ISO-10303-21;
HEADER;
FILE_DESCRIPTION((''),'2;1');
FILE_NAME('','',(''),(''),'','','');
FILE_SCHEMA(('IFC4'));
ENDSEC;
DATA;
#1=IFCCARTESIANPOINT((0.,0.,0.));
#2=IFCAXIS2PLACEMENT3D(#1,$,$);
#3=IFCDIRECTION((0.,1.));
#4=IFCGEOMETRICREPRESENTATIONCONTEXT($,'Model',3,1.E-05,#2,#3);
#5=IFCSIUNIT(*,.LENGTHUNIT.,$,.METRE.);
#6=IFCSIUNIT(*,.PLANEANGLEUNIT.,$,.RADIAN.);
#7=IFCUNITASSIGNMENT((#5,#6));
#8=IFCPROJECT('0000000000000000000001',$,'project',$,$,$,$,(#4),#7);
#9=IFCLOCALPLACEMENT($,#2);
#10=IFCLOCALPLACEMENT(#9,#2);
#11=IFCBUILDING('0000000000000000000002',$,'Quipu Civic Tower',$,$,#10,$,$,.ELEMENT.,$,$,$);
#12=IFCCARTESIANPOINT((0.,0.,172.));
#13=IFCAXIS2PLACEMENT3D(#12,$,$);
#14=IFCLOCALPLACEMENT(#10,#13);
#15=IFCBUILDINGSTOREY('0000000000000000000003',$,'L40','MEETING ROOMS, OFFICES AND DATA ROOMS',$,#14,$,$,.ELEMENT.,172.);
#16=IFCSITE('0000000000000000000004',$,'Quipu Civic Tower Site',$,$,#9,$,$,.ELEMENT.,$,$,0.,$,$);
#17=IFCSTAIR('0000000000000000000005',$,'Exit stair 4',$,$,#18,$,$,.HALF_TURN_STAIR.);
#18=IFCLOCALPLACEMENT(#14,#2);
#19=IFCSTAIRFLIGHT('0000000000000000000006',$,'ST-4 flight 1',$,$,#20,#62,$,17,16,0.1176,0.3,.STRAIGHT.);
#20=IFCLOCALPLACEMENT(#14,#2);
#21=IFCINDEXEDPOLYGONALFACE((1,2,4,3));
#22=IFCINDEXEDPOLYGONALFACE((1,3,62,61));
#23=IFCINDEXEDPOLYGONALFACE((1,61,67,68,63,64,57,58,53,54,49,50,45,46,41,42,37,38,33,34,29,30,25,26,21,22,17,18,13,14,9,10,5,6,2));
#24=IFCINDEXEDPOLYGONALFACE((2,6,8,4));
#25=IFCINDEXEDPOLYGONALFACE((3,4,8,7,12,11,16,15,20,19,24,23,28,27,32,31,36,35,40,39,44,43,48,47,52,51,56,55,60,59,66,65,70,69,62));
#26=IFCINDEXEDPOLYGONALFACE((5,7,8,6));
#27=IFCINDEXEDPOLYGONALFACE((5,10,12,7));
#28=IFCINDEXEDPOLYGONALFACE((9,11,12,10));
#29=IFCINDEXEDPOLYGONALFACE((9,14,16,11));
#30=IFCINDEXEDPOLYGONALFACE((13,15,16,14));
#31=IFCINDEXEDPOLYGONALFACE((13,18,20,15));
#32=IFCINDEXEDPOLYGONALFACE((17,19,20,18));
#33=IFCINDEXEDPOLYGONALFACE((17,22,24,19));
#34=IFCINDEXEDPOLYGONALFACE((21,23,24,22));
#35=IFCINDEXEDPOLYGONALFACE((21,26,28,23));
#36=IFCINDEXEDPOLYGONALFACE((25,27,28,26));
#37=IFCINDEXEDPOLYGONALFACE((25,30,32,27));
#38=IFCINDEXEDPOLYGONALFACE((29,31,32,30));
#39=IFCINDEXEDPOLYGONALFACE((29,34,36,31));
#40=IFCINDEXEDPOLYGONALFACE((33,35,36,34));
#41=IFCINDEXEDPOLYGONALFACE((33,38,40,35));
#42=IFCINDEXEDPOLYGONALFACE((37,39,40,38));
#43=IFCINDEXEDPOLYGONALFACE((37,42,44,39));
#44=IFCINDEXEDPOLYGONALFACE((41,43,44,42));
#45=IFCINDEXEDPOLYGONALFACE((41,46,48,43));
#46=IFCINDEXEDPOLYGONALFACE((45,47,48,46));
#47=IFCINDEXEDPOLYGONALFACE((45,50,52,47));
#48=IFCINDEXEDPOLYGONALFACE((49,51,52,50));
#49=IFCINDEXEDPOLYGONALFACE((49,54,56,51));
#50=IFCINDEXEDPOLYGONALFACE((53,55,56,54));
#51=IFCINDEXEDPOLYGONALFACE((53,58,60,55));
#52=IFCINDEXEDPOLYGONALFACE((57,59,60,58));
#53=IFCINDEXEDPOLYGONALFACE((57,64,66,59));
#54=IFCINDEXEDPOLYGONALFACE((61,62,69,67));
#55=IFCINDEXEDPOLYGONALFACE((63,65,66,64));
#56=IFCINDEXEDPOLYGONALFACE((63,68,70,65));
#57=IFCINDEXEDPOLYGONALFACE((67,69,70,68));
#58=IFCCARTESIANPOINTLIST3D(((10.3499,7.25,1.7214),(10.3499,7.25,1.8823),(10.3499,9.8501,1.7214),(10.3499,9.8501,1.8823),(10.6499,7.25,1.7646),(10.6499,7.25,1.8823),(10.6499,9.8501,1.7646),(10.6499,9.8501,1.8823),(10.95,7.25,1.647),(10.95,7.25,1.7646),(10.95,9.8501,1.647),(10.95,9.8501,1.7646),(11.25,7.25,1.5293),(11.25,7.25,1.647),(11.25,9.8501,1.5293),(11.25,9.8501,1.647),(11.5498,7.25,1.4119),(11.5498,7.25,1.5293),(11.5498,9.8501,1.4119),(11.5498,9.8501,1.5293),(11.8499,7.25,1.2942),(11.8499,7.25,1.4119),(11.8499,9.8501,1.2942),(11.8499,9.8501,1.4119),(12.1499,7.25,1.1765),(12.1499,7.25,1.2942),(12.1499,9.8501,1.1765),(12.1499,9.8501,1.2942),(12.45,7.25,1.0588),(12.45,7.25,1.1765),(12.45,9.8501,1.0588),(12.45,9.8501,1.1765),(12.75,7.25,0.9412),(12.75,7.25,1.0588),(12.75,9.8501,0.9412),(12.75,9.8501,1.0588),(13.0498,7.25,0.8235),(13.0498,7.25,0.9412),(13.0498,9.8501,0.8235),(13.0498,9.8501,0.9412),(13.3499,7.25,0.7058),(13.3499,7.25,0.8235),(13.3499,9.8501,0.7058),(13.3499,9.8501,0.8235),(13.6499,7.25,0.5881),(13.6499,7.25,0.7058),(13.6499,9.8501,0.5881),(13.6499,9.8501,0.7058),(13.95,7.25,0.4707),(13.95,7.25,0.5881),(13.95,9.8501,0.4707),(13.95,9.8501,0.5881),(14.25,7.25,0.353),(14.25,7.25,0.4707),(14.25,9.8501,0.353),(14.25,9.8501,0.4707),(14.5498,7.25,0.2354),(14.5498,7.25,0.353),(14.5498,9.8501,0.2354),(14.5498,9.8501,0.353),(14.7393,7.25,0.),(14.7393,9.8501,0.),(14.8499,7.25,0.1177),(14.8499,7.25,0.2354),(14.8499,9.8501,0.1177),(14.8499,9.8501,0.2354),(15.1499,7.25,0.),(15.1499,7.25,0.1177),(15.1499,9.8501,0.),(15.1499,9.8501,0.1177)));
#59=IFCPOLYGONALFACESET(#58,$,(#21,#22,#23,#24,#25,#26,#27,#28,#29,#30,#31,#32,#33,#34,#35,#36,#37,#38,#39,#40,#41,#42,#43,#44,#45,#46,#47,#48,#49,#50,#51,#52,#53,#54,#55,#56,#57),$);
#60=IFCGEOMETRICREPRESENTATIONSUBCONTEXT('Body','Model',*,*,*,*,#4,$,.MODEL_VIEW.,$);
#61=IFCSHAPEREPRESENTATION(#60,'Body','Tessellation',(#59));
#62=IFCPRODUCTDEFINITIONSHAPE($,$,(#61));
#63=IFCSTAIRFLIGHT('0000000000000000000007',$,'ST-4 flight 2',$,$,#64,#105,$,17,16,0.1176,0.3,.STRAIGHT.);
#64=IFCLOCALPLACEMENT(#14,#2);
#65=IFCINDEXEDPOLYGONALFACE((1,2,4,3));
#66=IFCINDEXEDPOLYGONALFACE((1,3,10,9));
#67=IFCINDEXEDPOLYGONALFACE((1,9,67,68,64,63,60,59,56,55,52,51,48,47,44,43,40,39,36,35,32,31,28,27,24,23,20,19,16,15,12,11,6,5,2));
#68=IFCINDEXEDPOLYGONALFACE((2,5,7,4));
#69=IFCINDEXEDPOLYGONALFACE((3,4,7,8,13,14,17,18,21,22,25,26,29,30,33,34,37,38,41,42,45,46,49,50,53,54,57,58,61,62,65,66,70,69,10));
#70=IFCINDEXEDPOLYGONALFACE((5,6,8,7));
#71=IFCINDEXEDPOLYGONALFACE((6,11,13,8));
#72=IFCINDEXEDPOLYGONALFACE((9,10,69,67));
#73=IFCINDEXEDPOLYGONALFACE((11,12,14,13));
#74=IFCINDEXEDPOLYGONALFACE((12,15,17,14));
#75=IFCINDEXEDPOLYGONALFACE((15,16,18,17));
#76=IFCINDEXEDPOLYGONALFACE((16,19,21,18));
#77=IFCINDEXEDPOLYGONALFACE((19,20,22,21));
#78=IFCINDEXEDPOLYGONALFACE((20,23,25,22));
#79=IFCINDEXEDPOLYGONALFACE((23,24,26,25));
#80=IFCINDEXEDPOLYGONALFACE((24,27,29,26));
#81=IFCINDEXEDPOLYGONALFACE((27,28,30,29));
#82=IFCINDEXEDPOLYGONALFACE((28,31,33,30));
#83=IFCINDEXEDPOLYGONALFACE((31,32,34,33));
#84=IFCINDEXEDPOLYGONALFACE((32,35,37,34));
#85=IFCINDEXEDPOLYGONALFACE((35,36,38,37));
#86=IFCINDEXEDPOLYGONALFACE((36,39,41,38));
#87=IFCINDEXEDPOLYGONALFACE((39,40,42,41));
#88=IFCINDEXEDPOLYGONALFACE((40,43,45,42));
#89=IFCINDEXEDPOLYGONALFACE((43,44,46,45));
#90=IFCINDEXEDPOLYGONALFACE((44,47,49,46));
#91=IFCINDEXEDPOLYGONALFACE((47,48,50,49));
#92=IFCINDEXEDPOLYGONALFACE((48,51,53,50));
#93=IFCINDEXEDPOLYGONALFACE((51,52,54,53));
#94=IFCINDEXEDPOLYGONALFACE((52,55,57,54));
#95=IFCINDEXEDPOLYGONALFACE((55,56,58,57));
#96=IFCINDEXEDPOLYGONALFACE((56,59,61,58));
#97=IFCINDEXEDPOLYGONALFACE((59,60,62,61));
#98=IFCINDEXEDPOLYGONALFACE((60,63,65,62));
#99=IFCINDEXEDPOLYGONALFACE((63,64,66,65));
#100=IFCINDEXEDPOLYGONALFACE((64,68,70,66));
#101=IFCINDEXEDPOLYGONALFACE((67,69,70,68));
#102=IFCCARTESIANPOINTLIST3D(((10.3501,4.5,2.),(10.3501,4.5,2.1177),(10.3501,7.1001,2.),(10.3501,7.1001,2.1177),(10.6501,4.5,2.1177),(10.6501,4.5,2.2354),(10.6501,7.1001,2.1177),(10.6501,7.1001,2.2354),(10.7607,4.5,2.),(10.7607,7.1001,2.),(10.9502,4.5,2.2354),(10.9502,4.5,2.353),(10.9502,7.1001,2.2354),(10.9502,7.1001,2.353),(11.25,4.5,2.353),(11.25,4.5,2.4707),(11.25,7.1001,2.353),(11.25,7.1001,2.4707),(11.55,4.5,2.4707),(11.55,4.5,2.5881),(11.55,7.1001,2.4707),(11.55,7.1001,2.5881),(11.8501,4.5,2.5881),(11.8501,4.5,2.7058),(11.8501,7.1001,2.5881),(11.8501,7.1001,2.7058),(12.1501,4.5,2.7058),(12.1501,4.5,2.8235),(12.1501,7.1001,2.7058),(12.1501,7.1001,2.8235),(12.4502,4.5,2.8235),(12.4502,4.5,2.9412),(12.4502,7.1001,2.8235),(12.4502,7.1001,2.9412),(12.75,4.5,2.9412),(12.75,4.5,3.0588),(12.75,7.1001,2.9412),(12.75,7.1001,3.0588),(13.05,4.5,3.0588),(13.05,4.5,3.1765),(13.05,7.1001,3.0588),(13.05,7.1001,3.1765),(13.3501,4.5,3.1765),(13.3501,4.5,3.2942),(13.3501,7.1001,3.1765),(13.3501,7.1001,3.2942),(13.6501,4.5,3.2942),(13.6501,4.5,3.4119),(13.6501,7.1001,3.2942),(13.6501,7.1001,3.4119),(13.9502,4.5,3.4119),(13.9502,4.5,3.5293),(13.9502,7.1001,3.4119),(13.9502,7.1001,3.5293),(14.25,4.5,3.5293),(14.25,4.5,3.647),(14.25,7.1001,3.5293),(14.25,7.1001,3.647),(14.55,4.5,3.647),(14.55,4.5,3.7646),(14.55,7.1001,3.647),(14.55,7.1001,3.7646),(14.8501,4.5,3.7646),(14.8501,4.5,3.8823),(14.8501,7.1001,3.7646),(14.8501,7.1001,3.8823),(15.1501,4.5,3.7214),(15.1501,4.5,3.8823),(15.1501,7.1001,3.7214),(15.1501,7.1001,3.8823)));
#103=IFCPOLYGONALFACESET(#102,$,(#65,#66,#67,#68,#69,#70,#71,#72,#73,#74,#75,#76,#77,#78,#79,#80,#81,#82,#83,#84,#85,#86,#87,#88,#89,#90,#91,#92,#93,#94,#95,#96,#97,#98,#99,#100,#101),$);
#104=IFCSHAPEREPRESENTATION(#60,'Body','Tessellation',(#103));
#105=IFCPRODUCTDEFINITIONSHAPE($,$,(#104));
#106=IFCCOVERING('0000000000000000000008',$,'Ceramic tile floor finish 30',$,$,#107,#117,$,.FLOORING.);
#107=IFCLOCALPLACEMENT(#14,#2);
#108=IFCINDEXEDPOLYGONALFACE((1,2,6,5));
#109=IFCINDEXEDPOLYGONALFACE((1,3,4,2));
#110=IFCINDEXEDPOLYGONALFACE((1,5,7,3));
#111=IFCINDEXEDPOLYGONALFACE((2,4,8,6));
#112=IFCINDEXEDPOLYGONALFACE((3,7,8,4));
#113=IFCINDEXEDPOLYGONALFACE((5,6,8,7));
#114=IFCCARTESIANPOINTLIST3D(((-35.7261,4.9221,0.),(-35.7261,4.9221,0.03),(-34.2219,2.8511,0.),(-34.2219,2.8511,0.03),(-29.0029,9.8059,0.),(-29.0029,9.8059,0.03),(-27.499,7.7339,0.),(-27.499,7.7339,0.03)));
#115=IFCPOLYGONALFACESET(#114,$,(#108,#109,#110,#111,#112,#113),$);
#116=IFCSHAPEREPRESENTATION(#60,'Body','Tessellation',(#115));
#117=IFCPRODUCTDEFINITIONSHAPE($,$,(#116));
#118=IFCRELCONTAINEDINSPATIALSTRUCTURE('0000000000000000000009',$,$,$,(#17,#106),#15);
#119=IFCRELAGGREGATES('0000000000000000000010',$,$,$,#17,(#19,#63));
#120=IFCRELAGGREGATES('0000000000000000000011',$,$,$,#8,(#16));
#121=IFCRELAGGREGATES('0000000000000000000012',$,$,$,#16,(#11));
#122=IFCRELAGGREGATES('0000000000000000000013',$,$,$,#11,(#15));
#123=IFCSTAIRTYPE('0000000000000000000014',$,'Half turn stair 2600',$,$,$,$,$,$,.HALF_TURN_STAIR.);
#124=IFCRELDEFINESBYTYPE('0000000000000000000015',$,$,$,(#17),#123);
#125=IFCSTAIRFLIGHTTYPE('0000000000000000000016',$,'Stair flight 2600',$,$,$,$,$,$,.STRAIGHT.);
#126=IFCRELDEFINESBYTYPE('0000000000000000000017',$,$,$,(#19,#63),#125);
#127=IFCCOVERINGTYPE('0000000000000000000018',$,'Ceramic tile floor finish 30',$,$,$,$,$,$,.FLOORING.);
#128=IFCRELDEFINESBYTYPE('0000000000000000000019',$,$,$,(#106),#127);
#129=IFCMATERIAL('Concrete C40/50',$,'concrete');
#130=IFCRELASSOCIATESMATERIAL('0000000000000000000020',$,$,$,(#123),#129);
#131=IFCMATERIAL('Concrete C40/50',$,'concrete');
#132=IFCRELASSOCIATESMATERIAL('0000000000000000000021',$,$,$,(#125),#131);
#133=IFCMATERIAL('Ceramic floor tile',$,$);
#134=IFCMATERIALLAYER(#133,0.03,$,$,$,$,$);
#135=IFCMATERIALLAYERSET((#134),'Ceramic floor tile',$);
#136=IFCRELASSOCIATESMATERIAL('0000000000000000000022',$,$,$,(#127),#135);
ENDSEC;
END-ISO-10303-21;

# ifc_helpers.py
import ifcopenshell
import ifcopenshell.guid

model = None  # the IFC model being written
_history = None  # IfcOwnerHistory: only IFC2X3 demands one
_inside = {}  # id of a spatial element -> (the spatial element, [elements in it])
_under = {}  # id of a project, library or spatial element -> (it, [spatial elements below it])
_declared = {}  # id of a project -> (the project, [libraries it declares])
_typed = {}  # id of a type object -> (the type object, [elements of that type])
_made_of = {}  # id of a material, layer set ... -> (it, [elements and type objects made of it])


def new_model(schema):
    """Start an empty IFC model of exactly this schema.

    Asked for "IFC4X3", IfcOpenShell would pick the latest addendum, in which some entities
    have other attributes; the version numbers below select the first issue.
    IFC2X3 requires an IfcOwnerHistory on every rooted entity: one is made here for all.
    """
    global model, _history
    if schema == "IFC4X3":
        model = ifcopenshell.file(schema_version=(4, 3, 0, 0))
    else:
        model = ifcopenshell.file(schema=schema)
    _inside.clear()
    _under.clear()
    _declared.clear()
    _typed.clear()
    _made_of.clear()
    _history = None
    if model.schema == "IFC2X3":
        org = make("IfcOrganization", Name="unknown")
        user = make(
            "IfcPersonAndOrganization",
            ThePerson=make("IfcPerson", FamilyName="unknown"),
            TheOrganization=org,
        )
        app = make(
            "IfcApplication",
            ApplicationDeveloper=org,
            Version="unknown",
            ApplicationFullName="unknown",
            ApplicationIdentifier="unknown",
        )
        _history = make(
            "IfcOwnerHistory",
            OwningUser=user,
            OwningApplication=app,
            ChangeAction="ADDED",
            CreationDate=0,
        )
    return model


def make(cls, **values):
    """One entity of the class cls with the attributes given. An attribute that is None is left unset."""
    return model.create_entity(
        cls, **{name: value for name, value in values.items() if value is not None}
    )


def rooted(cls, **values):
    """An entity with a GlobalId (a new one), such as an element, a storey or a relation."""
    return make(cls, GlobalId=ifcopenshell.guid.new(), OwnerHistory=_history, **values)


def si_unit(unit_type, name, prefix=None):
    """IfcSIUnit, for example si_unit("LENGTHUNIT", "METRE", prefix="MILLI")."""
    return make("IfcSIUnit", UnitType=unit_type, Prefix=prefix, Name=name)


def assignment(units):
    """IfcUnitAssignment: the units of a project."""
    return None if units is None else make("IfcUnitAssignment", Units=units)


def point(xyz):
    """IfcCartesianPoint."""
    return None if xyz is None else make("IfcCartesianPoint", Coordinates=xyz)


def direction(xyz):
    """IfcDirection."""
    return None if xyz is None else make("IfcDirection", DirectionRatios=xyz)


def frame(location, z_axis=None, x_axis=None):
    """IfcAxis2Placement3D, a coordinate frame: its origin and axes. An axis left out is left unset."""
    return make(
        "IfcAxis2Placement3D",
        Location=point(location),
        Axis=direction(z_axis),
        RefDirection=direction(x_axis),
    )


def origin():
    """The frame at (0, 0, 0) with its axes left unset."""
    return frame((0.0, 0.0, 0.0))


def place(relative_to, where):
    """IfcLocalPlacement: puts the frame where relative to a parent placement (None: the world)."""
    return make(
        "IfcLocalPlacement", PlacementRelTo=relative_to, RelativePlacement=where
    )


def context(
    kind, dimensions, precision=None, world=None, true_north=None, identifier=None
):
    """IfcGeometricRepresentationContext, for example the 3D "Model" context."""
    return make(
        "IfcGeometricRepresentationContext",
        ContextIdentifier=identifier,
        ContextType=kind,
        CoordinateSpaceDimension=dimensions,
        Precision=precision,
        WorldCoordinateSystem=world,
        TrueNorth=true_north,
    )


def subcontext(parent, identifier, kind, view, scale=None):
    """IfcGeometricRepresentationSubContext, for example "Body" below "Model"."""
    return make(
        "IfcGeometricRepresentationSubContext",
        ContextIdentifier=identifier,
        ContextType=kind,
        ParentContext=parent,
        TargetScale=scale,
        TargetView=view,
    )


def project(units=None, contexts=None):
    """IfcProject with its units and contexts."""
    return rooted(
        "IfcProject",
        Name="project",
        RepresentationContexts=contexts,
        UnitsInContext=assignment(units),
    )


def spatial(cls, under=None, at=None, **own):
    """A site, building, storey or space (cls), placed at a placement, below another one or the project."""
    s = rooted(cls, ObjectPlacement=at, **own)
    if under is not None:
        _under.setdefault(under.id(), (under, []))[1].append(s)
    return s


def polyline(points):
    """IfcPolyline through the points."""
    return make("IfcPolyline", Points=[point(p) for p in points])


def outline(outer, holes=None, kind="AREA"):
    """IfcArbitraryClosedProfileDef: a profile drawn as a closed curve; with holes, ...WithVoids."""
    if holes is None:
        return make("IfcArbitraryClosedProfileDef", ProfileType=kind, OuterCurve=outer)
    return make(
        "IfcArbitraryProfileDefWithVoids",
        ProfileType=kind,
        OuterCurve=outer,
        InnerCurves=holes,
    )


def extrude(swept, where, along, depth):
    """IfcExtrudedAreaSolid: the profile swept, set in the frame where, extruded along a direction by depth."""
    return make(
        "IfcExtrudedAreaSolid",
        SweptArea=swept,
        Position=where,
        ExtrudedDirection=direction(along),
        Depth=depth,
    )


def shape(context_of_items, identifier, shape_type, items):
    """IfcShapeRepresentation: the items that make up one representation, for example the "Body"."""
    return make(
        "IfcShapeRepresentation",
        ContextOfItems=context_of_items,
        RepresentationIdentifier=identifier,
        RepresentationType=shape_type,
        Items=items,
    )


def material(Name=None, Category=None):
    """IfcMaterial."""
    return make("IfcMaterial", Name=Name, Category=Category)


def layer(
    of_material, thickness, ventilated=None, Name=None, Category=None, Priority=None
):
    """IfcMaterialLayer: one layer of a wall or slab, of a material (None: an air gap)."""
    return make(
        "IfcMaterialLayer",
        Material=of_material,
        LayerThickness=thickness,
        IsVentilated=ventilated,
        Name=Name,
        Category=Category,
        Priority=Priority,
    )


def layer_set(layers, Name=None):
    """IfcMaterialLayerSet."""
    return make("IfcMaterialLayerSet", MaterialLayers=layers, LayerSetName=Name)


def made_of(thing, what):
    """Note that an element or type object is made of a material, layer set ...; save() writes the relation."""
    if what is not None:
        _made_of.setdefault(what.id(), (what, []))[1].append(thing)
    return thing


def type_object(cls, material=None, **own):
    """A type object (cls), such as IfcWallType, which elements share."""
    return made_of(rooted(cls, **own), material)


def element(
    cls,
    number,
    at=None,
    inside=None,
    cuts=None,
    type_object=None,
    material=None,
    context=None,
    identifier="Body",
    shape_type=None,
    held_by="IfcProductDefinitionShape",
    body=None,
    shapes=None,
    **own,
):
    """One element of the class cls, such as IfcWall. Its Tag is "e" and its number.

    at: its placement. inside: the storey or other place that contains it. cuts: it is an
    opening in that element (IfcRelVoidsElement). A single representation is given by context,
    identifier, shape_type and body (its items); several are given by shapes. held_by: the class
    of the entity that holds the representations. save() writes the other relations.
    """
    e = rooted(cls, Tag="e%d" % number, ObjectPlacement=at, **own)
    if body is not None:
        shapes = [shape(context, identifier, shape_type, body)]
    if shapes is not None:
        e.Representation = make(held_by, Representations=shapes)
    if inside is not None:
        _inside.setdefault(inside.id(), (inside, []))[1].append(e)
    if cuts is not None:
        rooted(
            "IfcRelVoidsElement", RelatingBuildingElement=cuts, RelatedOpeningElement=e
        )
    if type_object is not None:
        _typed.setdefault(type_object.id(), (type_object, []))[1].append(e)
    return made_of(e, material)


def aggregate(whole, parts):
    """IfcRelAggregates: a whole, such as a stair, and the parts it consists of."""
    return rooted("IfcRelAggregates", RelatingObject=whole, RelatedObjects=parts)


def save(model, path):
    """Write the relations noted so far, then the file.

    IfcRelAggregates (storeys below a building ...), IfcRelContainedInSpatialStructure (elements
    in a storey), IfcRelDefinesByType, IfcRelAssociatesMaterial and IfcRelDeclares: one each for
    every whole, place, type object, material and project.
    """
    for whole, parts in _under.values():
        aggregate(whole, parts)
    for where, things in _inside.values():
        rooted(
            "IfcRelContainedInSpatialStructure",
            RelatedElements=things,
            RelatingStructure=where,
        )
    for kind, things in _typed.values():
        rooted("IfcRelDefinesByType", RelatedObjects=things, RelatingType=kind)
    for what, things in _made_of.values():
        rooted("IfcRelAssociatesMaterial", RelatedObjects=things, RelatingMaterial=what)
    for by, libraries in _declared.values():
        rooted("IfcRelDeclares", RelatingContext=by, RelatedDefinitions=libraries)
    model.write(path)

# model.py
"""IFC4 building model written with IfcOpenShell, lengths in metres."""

from ifc_helpers import new_model, si_unit, direction, frame, origin, place, context, subcontext, project, spatial, polyline, outline, extrude, material, layer, layer_set, type_object, element, aggregate, save


model = new_model("IFC4")

# Units and contexts
model_context = context("Model", 3, precision=1e-05, world=origin(), true_north=direction((0.0, 1.0)))
body_context = subcontext(model_context, "Body", "Model", "MODEL_VIEW")
ifc_project = project(units=[si_unit("LENGTHUNIT", "METRE"), si_unit("PLANEANGLEUNIT", "RADIAN")], contexts=[model_context])

# Site, building, storey
site_placement = place(None, origin())
site = spatial("IfcSite", under=ifc_project, at=site_placement, Name="Quipu Civic Tower Site", CompositionType="ELEMENT", RefElevation=0.0)
building_placement = place(site_placement, origin())
building = spatial("IfcBuilding", under=site, at=building_placement, Name="Quipu Civic Tower", CompositionType="ELEMENT")
storey_placement = place(building_placement, frame((0.0, 0.0, 172.0)))
storey = spatial("IfcBuildingStorey", under=building, at=storey_placement, Name="L40", Description="MEETING ROOMS, OFFICES AND DATA ROOMS", CompositionType="ELEMENT", Elevation=172.0)

# Stair, stair flights
ifc_material_1 = material(Name="Concrete C40/50", Category="concrete")
stair_type = type_object("IfcStairType", Name="Half turn stair 2600", PredefinedType="HALF_TURN_STAIR", material=ifc_material_1)
stair_placement = place(storey_placement, origin())
stair = element("IfcStair", 1, at=stair_placement, inside=storey, type_object=stair_type, Name="Exit stair 4", PredefinedType="HALF_TURN_STAIR")
ifc_material_2 = material(Name="Concrete C40/50", Category="concrete")
stair_flight_type = type_object("IfcStairFlightType", Name="Stair flight 2600", PredefinedType="STRAIGHT", material=ifc_material_2)
stair_flight_1_placement = place(storey_placement, frame((15.1499, 8.55, 0.0), z_axis=(0.0, 0.0, 1.0), x_axis=(-1.0, 0.0, 0.0)))
stair_flight_1 = element("IfcStairFlight", 2, at=stair_flight_1_placement, type_object=stair_flight_type, Name="ST-4 flight 1", NumberOfRisers=17, NumberOfTreads=16, PredefinedType="STRAIGHT", RiserHeight=0.1176, TreadLength=0.3, context=body_context, shape_type="SweptSolid", body=[
    extrude(outline(polyline([(0.0, 0.0), (0.0, 0.1177), (0.3, 0.1177), (0.3, 0.2354), (0.6001, 0.2354), (0.6001, 0.353), (0.8999, 0.353), (0.8999, 0.4707), (1.2, 0.4707), (1.2, 0.5881), (1.5, 0.5881), (1.5, 0.7058), (1.8, 0.7058), (1.8, 0.8235), (2.1001, 0.8235), (2.1001, 0.9412), (2.3999, 0.9412), (2.3999, 1.0588), (2.7, 1.0588), (2.7, 1.1765), (3.0, 1.1765), (3.0, 1.2942), (3.3, 1.2942), (3.3, 1.4119), (3.6001, 1.4119), (3.6001, 1.5293), (3.8999, 1.5293), (3.8999, 1.647), (4.2, 1.647), (4.2, 1.7646), (4.5, 1.7646), (4.5, 1.8823), (4.8, 1.8823), (4.8, 2.0), (4.8, 1.7214), (0.4106, 0.0), (0.0, 0.0)])), frame((0.0, 1.3, 0.0), z_axis=(0.0, -1.0, 0.0), x_axis=(1.0, 0.0, 0.0)), (0.0, 0.0, 1.0), 2.6001),
])
stair_flight_2_placement = place(storey_placement, frame((10.3501, 5.8, 2.0), z_axis=(0.0, 0.0, 1.0), x_axis=(1.0, 0.0, 0.0)))
stair_flight_2 = element("IfcStairFlight", 3, at=stair_flight_2_placement, type_object=stair_flight_type, Name="ST-4 flight 2", NumberOfRisers=17, NumberOfTreads=16, PredefinedType="STRAIGHT", RiserHeight=0.1176, TreadLength=0.3, context=body_context, shape_type="SweptSolid", body=[
    extrude(outline(polyline([(0.0, 0.0), (0.0, 0.1177), (0.3, 0.1177), (0.3, 0.2354), (0.6001, 0.2354), (0.6001, 0.353), (0.8999, 0.353), (0.8999, 0.4707), (1.2, 0.4707), (1.2, 0.5881), (1.5, 0.5881), (1.5, 0.7058), (1.8, 0.7058), (1.8, 0.8235), (2.1001, 0.8235), (2.1001, 0.9412), (2.3999, 0.9412), (2.3999, 1.0588), (2.7, 1.0588), (2.7, 1.1765), (3.0, 1.1765), (3.0, 1.2942), (3.3, 1.2942), (3.3, 1.4119), (3.6001, 1.4119), (3.6001, 1.5293), (3.8999, 1.5293), (3.8999, 1.647), (4.2, 1.647), (4.2, 1.7646), (4.5, 1.7646), (4.5, 1.8823), (4.8, 1.8823), (4.8, 2.0), (4.8, 1.7214), (0.4106, 0.0), (0.0, 0.0)])), frame((0.0, 1.3, 0.0), z_axis=(0.0, -1.0, 0.0), x_axis=(1.0, 0.0, 0.0)), (0.0, 0.0, 1.0), 2.6001),
])
aggregate(stair, [stair_flight_1, stair_flight_2])

# Covering
ifc_material_3 = material(Name="Ceramic floor tile")
ifc_layer_1 = layer(ifc_material_3, 0.03)
ifc_layer_set_1 = layer_set([ifc_layer_1], Name="Ceramic floor tile")
covering_type = type_object("IfcCoveringType", Name="Ceramic tile floor finish 30", PredefinedType="FLOORING", material=ifc_layer_set_1)
covering_placement = place(storey_placement, origin())
element("IfcCovering", 4, at=covering_placement, inside=storey, type_object=covering_type, Name="Ceramic tile floor finish 30", PredefinedType="FLOORING", context=body_context, shape_type="SweptSolid", body=[
    extrude(outline(polyline([(-35.7261, 4.9221), (-29.0029, 9.8059), (-27.499, 7.7339), (-34.2219, 2.8511), (-35.7261, 4.9221)])), origin(), (0.0, 0.0, 1.0), 0.03),
])

save(model, "model.ifc")
